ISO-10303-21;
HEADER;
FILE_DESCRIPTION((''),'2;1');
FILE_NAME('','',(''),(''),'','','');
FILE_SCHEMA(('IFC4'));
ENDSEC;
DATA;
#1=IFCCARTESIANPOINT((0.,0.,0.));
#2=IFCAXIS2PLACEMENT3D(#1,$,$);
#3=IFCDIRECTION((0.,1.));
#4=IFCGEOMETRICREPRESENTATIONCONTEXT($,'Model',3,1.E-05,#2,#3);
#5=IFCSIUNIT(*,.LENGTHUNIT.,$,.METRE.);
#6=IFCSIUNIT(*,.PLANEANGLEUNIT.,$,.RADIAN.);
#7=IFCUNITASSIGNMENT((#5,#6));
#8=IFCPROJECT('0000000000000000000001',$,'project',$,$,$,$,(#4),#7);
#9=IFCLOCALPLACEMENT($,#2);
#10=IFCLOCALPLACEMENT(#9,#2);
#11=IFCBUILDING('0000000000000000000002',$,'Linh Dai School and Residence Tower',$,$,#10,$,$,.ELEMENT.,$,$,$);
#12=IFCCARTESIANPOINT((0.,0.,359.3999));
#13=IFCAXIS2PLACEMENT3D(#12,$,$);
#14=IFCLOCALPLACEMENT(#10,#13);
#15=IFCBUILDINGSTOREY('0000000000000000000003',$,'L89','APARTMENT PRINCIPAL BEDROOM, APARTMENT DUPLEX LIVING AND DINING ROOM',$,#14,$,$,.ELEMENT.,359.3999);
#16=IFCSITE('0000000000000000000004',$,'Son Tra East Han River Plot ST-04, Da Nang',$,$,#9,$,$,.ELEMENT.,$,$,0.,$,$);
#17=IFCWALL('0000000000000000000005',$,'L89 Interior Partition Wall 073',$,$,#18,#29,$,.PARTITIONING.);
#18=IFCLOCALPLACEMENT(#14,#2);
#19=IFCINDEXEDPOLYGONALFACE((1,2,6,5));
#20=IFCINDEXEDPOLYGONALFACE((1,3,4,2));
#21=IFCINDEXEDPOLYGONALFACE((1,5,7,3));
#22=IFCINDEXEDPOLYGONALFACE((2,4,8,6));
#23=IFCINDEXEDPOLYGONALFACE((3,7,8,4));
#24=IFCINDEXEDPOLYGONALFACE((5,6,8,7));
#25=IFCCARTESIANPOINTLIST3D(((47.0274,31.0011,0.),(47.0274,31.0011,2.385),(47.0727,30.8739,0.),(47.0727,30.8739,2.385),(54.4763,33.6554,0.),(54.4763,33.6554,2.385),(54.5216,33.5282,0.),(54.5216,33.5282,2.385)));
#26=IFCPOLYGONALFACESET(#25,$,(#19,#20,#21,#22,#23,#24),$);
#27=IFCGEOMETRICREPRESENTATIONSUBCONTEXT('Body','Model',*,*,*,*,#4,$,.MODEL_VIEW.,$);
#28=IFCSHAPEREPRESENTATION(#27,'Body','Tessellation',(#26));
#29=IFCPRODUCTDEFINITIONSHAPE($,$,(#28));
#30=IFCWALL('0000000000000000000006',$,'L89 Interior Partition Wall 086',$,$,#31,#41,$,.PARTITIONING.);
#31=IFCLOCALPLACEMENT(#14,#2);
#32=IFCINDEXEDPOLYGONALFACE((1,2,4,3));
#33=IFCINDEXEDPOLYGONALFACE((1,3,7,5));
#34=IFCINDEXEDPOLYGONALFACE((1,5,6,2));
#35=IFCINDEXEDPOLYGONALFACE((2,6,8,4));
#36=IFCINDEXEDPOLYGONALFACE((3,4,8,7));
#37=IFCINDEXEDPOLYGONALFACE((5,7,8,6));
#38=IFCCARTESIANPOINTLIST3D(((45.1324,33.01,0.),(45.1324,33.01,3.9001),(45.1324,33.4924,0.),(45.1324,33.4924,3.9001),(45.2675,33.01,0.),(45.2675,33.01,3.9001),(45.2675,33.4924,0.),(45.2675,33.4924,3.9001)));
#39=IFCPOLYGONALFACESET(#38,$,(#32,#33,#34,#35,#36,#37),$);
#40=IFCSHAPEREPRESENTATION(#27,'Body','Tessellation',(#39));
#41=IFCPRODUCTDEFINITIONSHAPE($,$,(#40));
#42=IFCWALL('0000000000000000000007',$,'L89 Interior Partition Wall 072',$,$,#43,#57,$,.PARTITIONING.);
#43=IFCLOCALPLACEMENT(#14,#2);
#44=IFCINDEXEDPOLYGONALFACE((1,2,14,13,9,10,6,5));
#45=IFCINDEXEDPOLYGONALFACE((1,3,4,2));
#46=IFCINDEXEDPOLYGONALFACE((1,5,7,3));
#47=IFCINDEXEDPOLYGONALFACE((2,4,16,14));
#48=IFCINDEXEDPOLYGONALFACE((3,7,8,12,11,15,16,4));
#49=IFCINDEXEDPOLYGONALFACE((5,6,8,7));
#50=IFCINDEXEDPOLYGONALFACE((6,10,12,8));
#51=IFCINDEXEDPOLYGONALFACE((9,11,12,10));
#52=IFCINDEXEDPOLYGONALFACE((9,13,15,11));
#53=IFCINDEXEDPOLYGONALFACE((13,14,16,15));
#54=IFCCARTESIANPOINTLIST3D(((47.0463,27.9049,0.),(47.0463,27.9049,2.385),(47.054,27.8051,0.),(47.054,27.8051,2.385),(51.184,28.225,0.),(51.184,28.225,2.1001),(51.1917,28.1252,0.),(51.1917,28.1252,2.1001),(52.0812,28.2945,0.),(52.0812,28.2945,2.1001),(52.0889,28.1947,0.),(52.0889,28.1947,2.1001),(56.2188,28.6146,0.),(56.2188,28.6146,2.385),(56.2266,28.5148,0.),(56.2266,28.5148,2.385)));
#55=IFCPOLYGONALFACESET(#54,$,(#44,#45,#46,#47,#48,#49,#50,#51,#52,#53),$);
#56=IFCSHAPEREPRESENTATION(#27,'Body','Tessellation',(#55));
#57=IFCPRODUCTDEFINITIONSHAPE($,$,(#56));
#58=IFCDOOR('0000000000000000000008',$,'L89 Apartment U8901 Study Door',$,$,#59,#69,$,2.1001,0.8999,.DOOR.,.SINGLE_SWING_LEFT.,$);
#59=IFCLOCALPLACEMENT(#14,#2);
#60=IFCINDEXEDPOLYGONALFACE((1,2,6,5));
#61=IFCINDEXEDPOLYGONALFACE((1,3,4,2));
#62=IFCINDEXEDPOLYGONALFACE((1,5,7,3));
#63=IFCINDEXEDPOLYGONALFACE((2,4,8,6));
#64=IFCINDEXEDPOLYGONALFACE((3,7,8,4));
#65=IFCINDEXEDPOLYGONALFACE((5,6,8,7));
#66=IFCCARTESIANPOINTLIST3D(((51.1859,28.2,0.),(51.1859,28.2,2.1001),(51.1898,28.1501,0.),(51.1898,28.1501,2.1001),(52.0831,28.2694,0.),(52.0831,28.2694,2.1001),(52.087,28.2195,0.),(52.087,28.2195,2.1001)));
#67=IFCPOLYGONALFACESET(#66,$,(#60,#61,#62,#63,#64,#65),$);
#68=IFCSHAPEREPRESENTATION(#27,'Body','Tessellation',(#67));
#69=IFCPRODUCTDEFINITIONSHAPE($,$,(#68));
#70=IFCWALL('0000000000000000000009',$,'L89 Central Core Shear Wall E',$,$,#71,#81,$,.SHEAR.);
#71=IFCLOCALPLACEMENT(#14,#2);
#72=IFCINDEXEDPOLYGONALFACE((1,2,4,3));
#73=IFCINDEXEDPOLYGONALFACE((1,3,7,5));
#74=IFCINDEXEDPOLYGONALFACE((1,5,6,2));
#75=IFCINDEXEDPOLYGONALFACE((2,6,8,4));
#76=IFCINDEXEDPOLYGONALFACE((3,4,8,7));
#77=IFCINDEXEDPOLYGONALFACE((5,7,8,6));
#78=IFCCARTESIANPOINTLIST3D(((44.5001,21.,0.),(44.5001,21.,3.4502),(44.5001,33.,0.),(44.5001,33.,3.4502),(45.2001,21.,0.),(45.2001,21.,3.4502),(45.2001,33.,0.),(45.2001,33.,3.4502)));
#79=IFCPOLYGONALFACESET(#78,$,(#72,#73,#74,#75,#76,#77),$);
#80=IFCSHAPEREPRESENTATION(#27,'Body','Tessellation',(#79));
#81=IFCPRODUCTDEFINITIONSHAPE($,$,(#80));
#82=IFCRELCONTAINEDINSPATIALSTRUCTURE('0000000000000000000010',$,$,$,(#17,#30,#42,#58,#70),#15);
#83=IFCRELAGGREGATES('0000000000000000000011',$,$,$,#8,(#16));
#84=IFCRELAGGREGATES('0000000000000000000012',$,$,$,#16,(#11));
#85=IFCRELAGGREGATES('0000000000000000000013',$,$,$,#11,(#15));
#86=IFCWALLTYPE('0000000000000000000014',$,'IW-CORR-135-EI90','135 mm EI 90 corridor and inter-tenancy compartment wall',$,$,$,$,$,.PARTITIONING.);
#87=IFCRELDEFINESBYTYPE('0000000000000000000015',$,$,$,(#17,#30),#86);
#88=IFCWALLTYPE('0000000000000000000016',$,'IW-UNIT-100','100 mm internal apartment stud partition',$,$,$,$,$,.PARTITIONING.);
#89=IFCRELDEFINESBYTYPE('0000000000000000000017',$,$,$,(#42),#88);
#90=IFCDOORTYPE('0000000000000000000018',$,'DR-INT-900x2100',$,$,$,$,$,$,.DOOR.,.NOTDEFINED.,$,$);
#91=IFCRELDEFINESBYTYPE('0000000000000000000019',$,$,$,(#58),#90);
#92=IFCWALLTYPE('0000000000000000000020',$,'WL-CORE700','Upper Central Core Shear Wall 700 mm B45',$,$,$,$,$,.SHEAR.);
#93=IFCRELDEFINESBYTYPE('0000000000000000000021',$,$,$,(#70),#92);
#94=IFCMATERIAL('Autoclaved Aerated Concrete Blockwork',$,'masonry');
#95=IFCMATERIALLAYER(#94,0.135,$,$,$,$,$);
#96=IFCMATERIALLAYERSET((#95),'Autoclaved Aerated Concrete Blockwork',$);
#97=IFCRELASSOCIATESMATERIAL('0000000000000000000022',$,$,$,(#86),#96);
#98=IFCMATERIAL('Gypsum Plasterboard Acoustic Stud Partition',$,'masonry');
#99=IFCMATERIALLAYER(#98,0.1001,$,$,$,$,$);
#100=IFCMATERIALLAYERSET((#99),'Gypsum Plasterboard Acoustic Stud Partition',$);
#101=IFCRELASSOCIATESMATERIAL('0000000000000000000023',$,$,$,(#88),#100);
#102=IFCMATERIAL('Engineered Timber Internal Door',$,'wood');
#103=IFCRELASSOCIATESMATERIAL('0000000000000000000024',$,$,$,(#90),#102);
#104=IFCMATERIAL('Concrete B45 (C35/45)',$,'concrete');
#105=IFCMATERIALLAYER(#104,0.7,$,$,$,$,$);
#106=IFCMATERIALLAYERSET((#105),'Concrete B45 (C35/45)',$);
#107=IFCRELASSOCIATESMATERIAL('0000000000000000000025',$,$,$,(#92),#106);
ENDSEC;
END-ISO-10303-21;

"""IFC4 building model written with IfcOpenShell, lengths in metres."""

from ifc_helpers import new_model, si_unit, direction, frame, frame_2d, origin, origin_2d, place, context, subcontext, project, spatial, rectangle, extrude, source, transform, mapped, material, layer, layer_set, type_object, element, fill, save


model = new_model("IFC4")

# Units and contexts
model_context = context("Model", 3, precision=1e-05, world=origin(), true_north=direction((0.0, 1.0)))
body_context = subcontext(model_context, "Body", "Model", "MODEL_VIEW")
ifc_project = project(units=[si_unit("LENGTHUNIT", "METRE"), si_unit("PLANEANGLEUNIT", "RADIAN")], contexts=[model_context])

# Site, building, storey
site_placement = place(None, origin())
site = spatial("IfcSite", under=ifc_project, at=site_placement, Name="Son Tra East Han River Plot ST-04, Da Nang", CompositionType="ELEMENT", RefElevation=0.0)
building_placement = place(site_placement, origin())
building = spatial("IfcBuilding", under=site, at=building_placement, Name="Linh Dai School and Residence Tower", CompositionType="ELEMENT")
storey_placement = place(building_placement, frame((0.0, 0.0, 359.3999)))
storey = spatial("IfcBuildingStorey", under=building, at=storey_placement, Name="L89", Description="APARTMENT PRINCIPAL BEDROOM, APARTMENT DUPLEX LIVING AND DINING ROOM", CompositionType="ELEMENT", Elevation=359.3999)

# Walls
ifc_material_1 = material(Name="Autoclaved Aerated Concrete Blockwork", Category="masonry")
ifc_layer_1 = layer(ifc_material_1, 0.135)
ifc_layer_set_1 = layer_set([ifc_layer_1], Name="Autoclaved Aerated Concrete Blockwork")
wall_type_1 = type_object("IfcWallType", Name="IW-CORR-135-EI90", Description="135 mm EI 90 corridor and inter-tenancy compartment wall", PredefinedType="PARTITIONING", material=ifc_layer_set_1)
wall_1_placement = place(storey_placement, frame((47.05, 30.9375, 0.0), z_axis=(0.0, 0.0, 1.0), x_axis=(0.941984, 0.335658, 0.0)))
element("IfcWall", 1, at=wall_1_placement, inside=storey, type_object=wall_type_1, Name="L89 Interior Partition Wall 073", PredefinedType="PARTITIONING", context=body_context, shape_type="SweptSolid", body=[
    extrude(rectangle(XDim=7.9077, YDim=0.135, at=frame_2d((3.9539, 0.0))), origin(), (0.0, 0.0, 1.0), 2.385),
])
wall_2_placement = place(storey_placement, frame((45.2, 33.01, 0.0), z_axis=(0.0, 0.0, 1.0), x_axis=(0.0, 1.0, 0.0)))
element("IfcWall", 2, at=wall_2_placement, inside=storey, type_object=wall_type_1, Name="L89 Interior Partition Wall 086", PredefinedType="PARTITIONING", context=body_context, shape_type="SweptSolid", body=[
    extrude(rectangle(XDim=0.4824, YDim=0.135, at=frame_2d((0.2412, 0.0))), origin(), (0.0, 0.0, 1.0), 3.9001),
])

# Wall, opening, door
ifc_material_2 = material(Name="Gypsum Plasterboard Acoustic Stud Partition", Category="masonry")
ifc_layer_2 = layer(ifc_material_2, 0.1001)
ifc_layer_set_2 = layer_set([ifc_layer_2], Name="Gypsum Plasterboard Acoustic Stud Partition")
wall_type_2 = type_object("IfcWallType", Name="IW-UNIT-100", Description="100 mm internal apartment stud partition", PredefinedType="PARTITIONING", material=ifc_layer_set_2)
wall_3_placement = place(storey_placement, frame((47.05, 27.855, 0.0), z_axis=(0.0, 0.0, 1.0), x_axis=(0.99702, 0.077143, 0.0)))
wall_3 = element("IfcWall", 3, at=wall_3_placement, inside=storey, type_object=wall_type_2, Name="L89 Interior Partition Wall 072", PredefinedType="PARTITIONING", context=body_context, shape_type="SweptSolid", body=[
    extrude(rectangle(XDim=9.2, YDim=0.1001, at=frame_2d((4.6001, 0.0))), origin(), (0.0, 0.0, 1.0), 2.385),
])
opening_placement = place(wall_3_placement, frame((4.1501, 0.0, 0.0)))
opening = element("IfcOpeningElement", 4, at=opening_placement, cuts=wall_3, PredefinedType="OPENING", context=body_context, shape_type="SweptSolid", body=[
    extrude(rectangle(XDim=0.8999, YDim=2.1001, at=origin_2d()), frame((0.45, 0.0601, 1.05), z_axis=(0.0, -1.0, 0.0), x_axis=(1.0, 0.0, 0.0)), (0.0, 0.0, 1.0), 0.1201),
])
ifc_material_3 = material(Name="Engineered Timber Internal Door", Category="wood")
door_type = type_object("IfcDoorType", Name="DR-INT-900x2100", OperationType="NOTDEFINED", PredefinedType="DOOR", material=ifc_material_3)
shared_shape_1 = source(origin(), body_context, "Body", "SweptSolid", [
    extrude(rectangle(XDim=0.8999, YDim=2.1001, at=origin_2d()), frame((0.45, 0.0249, 1.05), z_axis=(0.0, -1.0, 0.0), x_axis=(1.0, 0.0, 0.0)), (0.0, 0.0, 1.0), 0.05),
])
door_placement = place(opening_placement, origin())
door = element("IfcDoor", 5, at=door_placement, inside=storey, type_object=door_type, Name="L89 Apartment U8901 Study Door", OperationType="SINGLE_SWING_LEFT", OverallHeight=2.1001, OverallWidth=0.8999, PredefinedType="DOOR", context=body_context, shape_type="MappedRepresentation", body=[
    mapped(shared_shape_1, transform((0.0, 0.0, 0.0), x_axis=(1.0, 0.0, 0.0), y_axis=(0.0, 1.0, 0.0), z_axis=(0.0, 0.0, 1.0), scale=1.0)),
])
fill(opening, door)

# Wall
ifc_material_4 = material(Name="Concrete B45 (C35/45)", Category="concrete")
ifc_layer_3 = layer(ifc_material_4, 0.7)
ifc_layer_set_3 = layer_set([ifc_layer_3], Name="Concrete B45 (C35/45)")
wall_type_3 = type_object("IfcWallType", Name="WL-CORE700", Description="Upper Central Core Shear Wall 700 mm B45", PredefinedType="SHEAR", material=ifc_layer_set_3)
wall_4_placement = place(storey_placement, frame((44.8501, 33.0, 0.0), z_axis=(0.0, 0.0, 1.0), x_axis=(0.0, -1.0, 0.0)))
element("IfcWall", 6, at=wall_4_placement, inside=storey, type_object=wall_type_3, Name="L89 Central Core Shear Wall E", PredefinedType="SHEAR", context=body_context, shape_type="SweptSolid", body=[
    extrude(rectangle(XDim=12.0, YDim=0.7, at=frame_2d((6.0, 0.0))), origin(), (0.0, 0.0, 1.0), 3.4502),
])

save(model, "model.ifc")
